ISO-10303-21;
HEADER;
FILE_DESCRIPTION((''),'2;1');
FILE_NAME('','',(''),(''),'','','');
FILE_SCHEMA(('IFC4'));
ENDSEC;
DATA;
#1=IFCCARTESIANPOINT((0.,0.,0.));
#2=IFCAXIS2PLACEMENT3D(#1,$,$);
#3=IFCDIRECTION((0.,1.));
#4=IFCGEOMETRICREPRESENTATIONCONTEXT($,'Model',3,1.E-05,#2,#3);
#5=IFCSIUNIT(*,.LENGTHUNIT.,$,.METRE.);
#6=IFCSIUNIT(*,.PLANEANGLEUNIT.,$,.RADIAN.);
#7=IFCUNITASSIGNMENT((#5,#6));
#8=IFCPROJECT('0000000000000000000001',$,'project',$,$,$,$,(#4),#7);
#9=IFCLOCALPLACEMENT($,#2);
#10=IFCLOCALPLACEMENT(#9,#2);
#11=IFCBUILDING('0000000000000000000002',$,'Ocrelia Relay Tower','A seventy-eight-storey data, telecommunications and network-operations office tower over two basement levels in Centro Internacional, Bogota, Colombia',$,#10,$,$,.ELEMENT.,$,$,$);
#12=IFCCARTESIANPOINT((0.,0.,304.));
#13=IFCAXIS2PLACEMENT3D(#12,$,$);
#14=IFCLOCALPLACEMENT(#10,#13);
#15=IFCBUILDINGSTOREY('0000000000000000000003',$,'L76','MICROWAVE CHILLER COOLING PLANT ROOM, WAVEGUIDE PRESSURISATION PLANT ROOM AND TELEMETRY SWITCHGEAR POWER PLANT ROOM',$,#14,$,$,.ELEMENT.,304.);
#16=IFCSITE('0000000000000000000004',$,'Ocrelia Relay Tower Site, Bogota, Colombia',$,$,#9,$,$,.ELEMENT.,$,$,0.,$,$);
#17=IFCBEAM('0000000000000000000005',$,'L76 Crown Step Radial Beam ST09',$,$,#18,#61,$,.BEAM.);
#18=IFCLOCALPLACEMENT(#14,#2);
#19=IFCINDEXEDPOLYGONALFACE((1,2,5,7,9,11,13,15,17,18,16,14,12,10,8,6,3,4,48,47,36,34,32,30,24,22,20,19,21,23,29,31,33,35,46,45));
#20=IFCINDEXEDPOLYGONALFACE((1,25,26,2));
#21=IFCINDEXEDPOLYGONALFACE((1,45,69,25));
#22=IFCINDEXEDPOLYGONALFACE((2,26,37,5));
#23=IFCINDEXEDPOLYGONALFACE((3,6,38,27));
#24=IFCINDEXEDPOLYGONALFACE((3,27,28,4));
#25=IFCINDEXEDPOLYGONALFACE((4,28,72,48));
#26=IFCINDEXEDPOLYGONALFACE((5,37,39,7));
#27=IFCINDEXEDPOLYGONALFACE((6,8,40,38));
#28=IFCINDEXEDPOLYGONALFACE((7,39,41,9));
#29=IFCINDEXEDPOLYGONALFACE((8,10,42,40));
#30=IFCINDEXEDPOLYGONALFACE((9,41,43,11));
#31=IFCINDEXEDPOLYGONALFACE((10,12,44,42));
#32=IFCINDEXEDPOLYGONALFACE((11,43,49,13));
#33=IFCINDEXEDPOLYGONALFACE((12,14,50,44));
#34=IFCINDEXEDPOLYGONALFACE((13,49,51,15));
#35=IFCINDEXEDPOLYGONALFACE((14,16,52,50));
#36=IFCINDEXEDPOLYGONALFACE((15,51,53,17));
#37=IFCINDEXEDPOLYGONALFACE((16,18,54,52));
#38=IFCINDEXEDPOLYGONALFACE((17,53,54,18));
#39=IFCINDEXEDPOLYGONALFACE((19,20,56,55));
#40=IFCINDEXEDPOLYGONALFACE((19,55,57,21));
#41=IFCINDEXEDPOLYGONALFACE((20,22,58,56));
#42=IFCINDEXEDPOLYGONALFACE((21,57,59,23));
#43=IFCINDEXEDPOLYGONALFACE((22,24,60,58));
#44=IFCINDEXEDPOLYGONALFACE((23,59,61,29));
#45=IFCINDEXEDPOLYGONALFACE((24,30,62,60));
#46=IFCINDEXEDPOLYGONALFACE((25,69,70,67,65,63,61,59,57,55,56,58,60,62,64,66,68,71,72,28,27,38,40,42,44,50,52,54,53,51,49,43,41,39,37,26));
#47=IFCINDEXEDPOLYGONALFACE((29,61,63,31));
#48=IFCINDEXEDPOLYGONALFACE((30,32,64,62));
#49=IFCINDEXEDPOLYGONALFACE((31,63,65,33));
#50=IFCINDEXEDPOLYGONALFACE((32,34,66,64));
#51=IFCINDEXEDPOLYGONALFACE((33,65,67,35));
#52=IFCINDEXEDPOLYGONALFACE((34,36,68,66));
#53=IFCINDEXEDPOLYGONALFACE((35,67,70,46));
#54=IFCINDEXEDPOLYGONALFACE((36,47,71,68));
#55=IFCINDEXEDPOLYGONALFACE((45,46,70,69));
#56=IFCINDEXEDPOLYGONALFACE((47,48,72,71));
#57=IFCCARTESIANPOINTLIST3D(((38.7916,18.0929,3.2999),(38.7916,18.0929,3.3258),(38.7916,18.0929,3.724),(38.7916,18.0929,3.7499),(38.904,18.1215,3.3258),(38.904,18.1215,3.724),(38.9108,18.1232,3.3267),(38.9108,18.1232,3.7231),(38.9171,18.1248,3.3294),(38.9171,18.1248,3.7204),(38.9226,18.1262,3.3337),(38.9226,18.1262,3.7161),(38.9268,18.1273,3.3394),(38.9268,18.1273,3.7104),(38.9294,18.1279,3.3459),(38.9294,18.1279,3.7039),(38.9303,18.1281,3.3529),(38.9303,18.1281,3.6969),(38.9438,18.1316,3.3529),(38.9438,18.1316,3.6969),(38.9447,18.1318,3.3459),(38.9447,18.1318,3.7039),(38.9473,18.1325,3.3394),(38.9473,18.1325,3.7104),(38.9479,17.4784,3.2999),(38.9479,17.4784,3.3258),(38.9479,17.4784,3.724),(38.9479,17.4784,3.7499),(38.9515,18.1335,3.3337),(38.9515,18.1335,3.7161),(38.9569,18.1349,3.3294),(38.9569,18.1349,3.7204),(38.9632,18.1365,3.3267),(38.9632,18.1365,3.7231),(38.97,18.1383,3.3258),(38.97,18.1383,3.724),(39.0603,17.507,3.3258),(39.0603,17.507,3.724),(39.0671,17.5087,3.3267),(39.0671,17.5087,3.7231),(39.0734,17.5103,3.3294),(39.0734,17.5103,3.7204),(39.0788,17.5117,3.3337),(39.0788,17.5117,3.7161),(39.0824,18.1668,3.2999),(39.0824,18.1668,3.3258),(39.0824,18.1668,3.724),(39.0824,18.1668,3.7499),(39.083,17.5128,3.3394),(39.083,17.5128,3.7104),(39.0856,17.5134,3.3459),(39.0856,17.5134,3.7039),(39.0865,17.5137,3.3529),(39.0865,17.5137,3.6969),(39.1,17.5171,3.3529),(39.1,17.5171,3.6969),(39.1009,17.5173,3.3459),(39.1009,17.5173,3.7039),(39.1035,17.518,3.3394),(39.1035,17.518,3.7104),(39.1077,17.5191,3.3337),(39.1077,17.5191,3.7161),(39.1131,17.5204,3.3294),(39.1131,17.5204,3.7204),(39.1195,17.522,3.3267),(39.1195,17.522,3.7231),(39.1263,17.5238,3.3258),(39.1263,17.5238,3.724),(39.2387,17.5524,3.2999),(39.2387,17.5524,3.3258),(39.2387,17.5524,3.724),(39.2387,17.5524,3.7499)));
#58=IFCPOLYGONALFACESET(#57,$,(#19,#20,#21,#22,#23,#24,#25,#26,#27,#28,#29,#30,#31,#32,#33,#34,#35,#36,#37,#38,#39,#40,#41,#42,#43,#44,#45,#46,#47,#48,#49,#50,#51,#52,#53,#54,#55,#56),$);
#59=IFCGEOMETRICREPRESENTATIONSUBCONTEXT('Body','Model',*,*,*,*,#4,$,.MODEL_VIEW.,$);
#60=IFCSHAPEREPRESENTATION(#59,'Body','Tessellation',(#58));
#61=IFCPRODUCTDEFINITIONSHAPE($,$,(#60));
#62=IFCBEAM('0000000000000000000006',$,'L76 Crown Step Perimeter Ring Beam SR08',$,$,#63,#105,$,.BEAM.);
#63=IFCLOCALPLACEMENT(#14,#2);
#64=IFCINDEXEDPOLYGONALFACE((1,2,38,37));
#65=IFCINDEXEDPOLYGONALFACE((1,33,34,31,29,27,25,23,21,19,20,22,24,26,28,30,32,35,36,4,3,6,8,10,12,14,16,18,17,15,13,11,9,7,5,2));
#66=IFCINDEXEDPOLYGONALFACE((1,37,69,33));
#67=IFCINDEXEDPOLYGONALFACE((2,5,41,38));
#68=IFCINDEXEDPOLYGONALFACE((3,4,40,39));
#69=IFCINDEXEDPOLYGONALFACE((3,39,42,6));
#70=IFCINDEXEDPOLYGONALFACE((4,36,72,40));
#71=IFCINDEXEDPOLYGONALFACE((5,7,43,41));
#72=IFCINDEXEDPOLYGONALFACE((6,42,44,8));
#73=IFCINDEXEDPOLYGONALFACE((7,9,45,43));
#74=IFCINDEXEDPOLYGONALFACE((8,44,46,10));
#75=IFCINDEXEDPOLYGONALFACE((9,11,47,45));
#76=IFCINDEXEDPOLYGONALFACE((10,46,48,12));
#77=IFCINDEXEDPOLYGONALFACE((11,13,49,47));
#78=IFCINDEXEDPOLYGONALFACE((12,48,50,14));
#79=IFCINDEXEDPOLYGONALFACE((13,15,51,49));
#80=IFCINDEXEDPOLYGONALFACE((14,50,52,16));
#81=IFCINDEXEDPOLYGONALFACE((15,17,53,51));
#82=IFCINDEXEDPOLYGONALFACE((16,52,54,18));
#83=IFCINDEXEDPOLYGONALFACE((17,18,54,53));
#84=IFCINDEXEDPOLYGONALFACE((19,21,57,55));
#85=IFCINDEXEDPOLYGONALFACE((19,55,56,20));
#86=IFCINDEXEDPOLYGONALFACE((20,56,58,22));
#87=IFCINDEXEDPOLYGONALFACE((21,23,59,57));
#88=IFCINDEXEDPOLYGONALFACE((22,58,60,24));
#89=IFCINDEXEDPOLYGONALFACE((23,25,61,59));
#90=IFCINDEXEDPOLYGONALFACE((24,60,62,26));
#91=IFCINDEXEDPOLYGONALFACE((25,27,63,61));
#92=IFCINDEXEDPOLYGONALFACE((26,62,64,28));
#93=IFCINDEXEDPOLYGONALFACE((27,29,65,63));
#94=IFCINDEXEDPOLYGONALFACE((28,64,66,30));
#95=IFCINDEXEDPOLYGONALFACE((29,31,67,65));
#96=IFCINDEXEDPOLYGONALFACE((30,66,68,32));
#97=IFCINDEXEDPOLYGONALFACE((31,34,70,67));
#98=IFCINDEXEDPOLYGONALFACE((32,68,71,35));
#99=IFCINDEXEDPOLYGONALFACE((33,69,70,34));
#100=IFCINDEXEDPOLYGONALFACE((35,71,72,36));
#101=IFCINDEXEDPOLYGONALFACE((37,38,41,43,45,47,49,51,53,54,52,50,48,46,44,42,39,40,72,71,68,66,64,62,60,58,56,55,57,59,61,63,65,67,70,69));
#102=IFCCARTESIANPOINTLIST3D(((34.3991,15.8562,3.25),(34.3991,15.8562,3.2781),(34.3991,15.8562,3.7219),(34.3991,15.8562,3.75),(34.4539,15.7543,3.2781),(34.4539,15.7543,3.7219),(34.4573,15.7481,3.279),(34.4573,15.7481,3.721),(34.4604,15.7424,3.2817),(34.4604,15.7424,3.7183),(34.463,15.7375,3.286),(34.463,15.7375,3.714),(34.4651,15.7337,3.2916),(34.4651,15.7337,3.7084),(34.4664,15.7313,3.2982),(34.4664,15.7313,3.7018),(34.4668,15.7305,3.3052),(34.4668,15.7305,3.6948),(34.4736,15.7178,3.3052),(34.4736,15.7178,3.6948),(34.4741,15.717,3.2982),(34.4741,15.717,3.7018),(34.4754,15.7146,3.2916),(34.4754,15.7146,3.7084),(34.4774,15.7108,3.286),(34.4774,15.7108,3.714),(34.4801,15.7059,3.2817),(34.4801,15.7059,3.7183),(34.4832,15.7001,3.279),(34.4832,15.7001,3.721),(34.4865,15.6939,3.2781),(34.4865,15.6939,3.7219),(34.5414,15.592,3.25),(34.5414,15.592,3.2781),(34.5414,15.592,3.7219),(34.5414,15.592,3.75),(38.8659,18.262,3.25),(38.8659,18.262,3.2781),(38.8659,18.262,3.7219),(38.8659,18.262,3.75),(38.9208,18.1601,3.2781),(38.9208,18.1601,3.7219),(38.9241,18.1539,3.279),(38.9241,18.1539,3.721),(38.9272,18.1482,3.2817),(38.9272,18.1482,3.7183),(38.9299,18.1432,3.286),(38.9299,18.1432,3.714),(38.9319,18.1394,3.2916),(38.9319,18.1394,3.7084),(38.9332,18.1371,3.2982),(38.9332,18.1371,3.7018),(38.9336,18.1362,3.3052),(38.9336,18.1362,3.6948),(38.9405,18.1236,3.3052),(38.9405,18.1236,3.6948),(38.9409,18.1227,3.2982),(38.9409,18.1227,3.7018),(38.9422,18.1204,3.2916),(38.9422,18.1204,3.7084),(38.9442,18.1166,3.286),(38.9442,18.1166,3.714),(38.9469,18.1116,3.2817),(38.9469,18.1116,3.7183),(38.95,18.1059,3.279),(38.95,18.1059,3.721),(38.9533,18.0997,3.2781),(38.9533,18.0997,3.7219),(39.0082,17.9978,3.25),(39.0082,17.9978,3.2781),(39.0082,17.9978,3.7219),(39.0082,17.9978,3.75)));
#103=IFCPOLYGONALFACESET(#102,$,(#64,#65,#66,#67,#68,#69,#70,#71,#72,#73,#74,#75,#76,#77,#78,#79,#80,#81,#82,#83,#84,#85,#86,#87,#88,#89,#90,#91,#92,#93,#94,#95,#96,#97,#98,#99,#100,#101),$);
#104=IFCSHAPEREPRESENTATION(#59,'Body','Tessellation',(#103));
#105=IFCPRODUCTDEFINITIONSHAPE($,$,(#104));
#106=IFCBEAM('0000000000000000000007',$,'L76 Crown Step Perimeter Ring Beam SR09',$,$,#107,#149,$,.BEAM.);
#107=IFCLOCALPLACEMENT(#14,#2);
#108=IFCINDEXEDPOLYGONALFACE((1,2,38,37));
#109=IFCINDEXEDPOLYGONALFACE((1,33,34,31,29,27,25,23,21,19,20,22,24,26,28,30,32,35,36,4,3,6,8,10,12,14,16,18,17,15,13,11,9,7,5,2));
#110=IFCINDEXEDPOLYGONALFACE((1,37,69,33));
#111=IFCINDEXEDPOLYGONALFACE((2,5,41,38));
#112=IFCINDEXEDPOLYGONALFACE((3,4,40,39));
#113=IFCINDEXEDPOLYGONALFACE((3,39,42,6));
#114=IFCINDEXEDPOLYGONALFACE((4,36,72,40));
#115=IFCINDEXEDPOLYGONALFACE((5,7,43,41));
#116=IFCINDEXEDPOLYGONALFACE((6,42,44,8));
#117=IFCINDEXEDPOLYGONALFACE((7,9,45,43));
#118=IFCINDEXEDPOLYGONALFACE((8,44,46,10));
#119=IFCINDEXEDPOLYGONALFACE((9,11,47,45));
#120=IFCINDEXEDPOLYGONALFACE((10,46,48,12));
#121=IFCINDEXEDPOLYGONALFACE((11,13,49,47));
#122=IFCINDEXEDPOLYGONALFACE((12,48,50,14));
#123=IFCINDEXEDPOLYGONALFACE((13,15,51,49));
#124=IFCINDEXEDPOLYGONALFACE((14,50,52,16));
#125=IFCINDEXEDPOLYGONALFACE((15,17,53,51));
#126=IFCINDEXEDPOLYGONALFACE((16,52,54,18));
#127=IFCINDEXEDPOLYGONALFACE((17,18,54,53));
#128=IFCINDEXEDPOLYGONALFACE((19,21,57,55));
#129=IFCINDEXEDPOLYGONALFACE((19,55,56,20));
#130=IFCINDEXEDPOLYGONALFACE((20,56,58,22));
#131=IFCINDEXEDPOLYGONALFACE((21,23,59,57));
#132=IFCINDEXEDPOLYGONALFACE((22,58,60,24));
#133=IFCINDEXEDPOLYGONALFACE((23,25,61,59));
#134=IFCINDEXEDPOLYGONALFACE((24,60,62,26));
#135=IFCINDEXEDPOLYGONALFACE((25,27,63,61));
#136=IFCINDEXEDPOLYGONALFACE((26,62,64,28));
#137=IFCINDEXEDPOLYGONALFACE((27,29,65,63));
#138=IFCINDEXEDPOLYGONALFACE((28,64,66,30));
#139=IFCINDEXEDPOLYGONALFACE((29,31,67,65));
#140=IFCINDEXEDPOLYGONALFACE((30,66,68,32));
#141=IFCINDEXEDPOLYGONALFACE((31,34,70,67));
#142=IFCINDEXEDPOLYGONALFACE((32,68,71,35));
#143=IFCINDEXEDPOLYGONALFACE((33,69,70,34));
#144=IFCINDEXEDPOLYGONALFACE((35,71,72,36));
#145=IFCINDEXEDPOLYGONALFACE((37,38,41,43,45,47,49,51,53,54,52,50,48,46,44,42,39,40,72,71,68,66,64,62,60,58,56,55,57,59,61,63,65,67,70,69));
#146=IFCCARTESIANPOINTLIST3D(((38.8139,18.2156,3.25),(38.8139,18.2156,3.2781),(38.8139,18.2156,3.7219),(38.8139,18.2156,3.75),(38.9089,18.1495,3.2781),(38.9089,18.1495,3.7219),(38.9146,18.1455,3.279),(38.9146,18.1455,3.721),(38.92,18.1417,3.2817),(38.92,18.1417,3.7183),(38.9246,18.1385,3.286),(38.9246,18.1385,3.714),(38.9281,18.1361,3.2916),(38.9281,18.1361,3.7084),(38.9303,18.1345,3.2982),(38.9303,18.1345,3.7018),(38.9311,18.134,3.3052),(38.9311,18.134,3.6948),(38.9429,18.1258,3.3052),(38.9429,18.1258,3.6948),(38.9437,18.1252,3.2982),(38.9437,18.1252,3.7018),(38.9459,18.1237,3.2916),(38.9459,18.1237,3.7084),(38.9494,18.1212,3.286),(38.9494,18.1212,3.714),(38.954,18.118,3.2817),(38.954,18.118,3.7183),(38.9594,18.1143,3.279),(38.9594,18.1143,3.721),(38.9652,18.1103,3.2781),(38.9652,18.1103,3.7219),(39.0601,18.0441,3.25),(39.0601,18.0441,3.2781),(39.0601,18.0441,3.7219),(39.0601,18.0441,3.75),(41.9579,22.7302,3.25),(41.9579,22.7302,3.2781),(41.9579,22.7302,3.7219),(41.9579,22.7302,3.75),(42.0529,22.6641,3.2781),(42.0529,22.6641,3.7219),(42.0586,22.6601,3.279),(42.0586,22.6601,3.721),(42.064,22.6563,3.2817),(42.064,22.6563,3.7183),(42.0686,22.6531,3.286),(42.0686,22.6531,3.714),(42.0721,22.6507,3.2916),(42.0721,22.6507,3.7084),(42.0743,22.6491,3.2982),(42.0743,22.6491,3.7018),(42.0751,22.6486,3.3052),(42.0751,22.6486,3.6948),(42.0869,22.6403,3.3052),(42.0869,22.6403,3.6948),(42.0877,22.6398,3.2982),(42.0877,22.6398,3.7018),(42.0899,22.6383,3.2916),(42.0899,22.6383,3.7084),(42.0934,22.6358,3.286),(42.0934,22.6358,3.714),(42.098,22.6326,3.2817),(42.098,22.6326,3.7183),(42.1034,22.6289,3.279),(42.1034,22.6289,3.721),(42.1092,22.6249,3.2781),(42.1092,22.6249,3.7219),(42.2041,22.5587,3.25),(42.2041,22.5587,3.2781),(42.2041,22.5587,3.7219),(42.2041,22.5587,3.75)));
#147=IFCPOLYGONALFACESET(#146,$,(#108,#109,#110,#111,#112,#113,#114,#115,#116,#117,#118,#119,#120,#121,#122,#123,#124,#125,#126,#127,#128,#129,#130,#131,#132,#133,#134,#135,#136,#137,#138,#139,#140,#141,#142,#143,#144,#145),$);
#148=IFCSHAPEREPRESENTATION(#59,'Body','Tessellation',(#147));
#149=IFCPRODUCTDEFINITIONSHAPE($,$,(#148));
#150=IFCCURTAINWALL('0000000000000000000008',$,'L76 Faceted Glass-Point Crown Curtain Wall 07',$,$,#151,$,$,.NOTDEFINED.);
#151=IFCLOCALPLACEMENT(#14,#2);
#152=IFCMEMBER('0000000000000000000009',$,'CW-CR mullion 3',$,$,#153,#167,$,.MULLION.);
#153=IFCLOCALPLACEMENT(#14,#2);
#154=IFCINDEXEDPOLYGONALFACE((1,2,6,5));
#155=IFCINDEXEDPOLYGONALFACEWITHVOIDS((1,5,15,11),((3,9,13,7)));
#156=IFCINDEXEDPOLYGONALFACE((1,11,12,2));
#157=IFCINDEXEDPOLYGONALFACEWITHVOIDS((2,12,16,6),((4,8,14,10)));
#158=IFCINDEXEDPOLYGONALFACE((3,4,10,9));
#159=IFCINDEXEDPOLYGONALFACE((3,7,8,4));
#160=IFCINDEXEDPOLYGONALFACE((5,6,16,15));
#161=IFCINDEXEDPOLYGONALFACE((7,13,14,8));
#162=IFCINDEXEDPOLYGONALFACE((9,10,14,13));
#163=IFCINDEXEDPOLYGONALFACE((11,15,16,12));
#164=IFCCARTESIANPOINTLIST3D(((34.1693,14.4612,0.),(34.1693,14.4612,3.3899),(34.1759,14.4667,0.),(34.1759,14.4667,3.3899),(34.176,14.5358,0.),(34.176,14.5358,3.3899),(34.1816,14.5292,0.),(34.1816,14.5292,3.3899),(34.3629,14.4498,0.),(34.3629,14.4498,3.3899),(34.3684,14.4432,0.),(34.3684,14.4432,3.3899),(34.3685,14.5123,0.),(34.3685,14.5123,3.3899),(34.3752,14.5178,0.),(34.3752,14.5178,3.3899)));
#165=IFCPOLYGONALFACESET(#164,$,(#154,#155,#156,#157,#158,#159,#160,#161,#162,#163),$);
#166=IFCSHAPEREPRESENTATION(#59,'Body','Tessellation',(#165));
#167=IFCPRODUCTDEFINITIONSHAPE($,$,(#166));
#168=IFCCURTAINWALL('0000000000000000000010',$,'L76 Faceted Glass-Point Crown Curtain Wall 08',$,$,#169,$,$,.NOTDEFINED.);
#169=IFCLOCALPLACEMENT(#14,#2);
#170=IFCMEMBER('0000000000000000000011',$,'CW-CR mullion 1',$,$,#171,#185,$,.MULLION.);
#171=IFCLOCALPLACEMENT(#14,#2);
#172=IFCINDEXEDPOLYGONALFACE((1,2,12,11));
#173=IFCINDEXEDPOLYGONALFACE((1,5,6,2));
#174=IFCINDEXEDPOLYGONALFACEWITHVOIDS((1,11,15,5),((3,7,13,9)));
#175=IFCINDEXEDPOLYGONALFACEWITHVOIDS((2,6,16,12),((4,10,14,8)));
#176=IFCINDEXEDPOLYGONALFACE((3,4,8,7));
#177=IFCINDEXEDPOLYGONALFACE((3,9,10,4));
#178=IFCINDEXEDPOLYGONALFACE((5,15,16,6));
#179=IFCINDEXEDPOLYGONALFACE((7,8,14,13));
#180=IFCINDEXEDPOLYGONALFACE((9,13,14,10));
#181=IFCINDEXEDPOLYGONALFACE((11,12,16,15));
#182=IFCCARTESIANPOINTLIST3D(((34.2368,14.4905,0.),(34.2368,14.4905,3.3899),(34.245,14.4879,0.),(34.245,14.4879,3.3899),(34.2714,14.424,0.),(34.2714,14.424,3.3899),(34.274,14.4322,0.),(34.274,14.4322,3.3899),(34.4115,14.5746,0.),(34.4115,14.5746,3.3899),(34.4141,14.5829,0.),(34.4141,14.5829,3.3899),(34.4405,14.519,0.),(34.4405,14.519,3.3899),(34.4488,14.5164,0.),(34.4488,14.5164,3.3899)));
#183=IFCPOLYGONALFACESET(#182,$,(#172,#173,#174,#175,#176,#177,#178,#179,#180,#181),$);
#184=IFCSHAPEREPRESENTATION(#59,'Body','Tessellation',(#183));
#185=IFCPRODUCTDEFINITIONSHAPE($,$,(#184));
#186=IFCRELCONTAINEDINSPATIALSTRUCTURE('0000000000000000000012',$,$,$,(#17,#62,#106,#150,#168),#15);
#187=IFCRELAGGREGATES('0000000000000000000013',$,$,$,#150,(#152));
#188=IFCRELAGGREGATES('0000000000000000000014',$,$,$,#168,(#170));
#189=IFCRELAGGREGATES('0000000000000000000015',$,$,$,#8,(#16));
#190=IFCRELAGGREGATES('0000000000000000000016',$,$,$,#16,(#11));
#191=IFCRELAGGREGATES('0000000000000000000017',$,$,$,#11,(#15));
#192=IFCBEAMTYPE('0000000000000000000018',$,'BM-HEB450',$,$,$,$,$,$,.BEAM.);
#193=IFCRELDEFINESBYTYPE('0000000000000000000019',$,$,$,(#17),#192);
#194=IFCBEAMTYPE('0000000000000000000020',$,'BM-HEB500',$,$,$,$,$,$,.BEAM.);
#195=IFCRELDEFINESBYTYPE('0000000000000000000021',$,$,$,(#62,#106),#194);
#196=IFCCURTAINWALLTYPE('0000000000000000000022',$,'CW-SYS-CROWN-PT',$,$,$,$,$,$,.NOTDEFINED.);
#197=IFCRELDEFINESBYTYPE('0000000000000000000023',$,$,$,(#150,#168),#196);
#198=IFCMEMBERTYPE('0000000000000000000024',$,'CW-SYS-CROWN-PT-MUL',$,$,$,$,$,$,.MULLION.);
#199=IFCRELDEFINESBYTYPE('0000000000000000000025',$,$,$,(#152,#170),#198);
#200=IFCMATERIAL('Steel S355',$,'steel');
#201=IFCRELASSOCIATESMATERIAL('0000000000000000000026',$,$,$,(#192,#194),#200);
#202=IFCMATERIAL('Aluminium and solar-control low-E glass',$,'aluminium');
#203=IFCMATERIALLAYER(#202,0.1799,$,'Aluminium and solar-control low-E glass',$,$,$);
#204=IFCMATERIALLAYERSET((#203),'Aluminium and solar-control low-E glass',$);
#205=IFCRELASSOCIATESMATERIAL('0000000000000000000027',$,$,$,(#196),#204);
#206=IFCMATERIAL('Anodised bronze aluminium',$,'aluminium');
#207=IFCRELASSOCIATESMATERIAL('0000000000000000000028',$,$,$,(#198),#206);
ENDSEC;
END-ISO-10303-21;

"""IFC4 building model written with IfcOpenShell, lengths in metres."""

from ifc_helpers import new_model, si_unit, direction, frame, origin, origin_2d, place, context, subcontext, project, spatial, hollow_rectangle, i_section, extrude, material, layer, layer_set, material_profile, profile_set, type_object, element, aggregate, save


model = new_model("IFC4")

# Units and contexts
model_context = context("Model", 3, precision=1e-05, world=origin(), true_north=direction((0.0, 1.0)))
body_context = subcontext(model_context, "Body", "Model", "MODEL_VIEW")
ifc_project = project(units=[si_unit("LENGTHUNIT", "METRE"), si_unit("PLANEANGLEUNIT", "RADIAN")], contexts=[model_context])

# Site, building, storey
site_placement = place(None, origin())
site = spatial("IfcSite", under=ifc_project, at=site_placement, Name="Ocrelia Relay Tower Site, Bogota, Colombia", CompositionType="ELEMENT", RefElevation=0.0)
building_placement = place(site_placement, origin())
building = spatial("IfcBuilding", under=site, at=building_placement, Name="Ocrelia Relay Tower", Description="A seventy-eight-storey data, telecommunications and network-operations office tower over two basement levels in Centro Internacional, Bogota, Colombia", CompositionType="ELEMENT")
storey_placement = place(building_placement, frame((0.0, 0.0, 304.0)))
storey = spatial("IfcBuildingStorey", under=building, at=storey_placement, Name="L76", Description="MICROWAVE CHILLER COOLING PLANT ROOM, WAVEGUIDE PRESSURISATION PLANT ROOM AND TELEMETRY SWITCHGEAR POWER PLANT ROOM", CompositionType="ELEMENT", Elevation=304.0)

# Beams
ifc_material_1 = material(Name="Steel S355", Category="steel")
ifc_material_profile_1 = material_profile(ifc_material_1, i_section(OverallWidth=0.3, OverallDepth=0.45, WebThickness=0.0139, FlangeThickness=0.0259, FilletRadius=0.0271, at=origin_2d()), Name="HEB 450")
ifc_profile_set_1 = profile_set([ifc_material_profile_1], Name="Steel S355")
beam_type_1 = type_object("IfcBeamType", Name="BM-HEB450", PredefinedType="BEAM", material=ifc_profile_set_1)
beam_1_placement = place(storey_placement, frame((39.0933, 17.5154, 3.5249), z_axis=(-0.246429, 0.969161, 0.0), x_axis=(-0.969161, -0.246429, 0.0)))
element("IfcBeam", 1, at=beam_1_placement, inside=storey, type_object=beam_type_1, Name="L76 Crown Step Radial Beam ST09", PredefinedType="BEAM", context=body_context, shape_type="SweptSolid", body=[
    extrude(i_section(OverallWidth=0.3, OverallDepth=0.45, WebThickness=0.0139, FlangeThickness=0.0259, FilletRadius=0.0271, at=origin_2d()), origin(), (0.0, 0.0, 1.0), 0.634),
])
ifc_material_profile_2 = material_profile(ifc_material_1, i_section(OverallWidth=0.3, OverallDepth=0.5, WebThickness=0.0144, FlangeThickness=0.0281, FilletRadius=0.0271, at=origin_2d()), Name="HEB 500")
ifc_profile_set_2 = profile_set([ifc_material_profile_2], Name="Steel S355")
beam_type_2 = type_object("IfcBeamType", Name="BM-HEB500", PredefinedType="BEAM", material=ifc_profile_set_2)
beam_2_placement = place(storey_placement, frame((34.4702, 15.7241, 3.5), z_axis=(0.880425, 0.474186, 0.0), x_axis=(-0.474186, 0.880425, 0.0)))
element("IfcBeam", 2, at=beam_2_placement, inside=storey, type_object=beam_type_2, Name="L76 Crown Step Perimeter Ring Beam SR08", PredefinedType="BEAM", context=body_context, shape_type="SweptSolid", body=[
    extrude(i_section(OverallWidth=0.3, OverallDepth=0.5, WebThickness=0.0144, FlangeThickness=0.0281, FilletRadius=0.0271, at=origin_2d()), origin(), (0.0, 0.0, 1.0), 5.0735),
])
beam_3_placement = place(storey_placement, frame((38.937, 18.1299, 3.5), z_axis=(0.571483, 0.820614, 0.0), x_axis=(-0.820614, 0.571483, 0.0)))
element("IfcBeam", 3, at=beam_3_placement, inside=storey, type_object=beam_type_2, Name="L76 Crown Step Perimeter Ring Beam SR09", PredefinedType="BEAM", context=body_context, shape_type="SweptSolid", body=[
    extrude(i_section(OverallWidth=0.3, OverallDepth=0.5, WebThickness=0.0144, FlangeThickness=0.0281, FilletRadius=0.0271, at=origin_2d()), origin(), (0.0, 0.0, 1.0), 5.5015),
])

# Curtain wall, member
ifc_material_2 = material(Name="Aluminium and solar-control low-E glass", Category="aluminium")
ifc_layer_1 = layer(ifc_material_2, 0.1799, Name="Aluminium and solar-control low-E glass")
ifc_layer_set_1 = layer_set([ifc_layer_1], Name="Aluminium and solar-control low-E glass")
curtain_wall_type = type_object("IfcCurtainWallType", Name="CW-SYS-CROWN-PT", PredefinedType="NOTDEFINED", material=ifc_layer_set_1)
curtain_wall_1_placement = place(storey_placement, origin())
curtain_wall_1 = element("IfcCurtainWall", 4, at=curtain_wall_1_placement, inside=storey, type_object=curtain_wall_type, Name="L76 Faceted Glass-Point Crown Curtain Wall 07", PredefinedType="NOTDEFINED")
ifc_material_3 = material(Name="Anodised bronze aluminium", Category="aluminium")
ifc_material_profile_3 = material_profile(ifc_material_3, hollow_rectangle(XDim=0.075, YDim=0.2, WallThickness=0.0061, at=origin_2d()), Name="CW-MUL-200x75")
ifc_profile_set_3 = profile_set([ifc_material_profile_3], Name="Anodised bronze aluminium")
member_type_1 = type_object("IfcMemberType", Name="CW-SYS-CROWN-PT-MUL", PredefinedType="MULLION", material=ifc_profile_set_3)
member_1_placement = place(storey_placement, frame((34.2722, 14.4895, 0.0), z_axis=(0.0, 0.0, 1.0), x_axis=(0.090237, 0.99592, 0.0)))
member_1 = element("IfcMember", 5, at=member_1_placement, type_object=member_type_1, Name="CW-CR mullion 3", PredefinedType="MULLION", context=body_context, shape_type="SweptSolid", body=[
    extrude(hollow_rectangle(XDim=0.075, YDim=0.2, WallThickness=0.0061, at=origin_2d()), origin(), (0.0, 0.0, 1.0), 3.3899),
])
aggregate(curtain_wall_1, [member_1])

# Curtain wall, member
curtain_wall_2_placement = place(storey_placement, origin())
curtain_wall_2 = element("IfcCurtainWall", 6, at=curtain_wall_2_placement, inside=storey, type_object=curtain_wall_type, Name="L76 Faceted Glass-Point Crown Curtain Wall 08", PredefinedType="NOTDEFINED")
member_2_placement = place(storey_placement, frame((34.3428, 14.5034, 0.0), z_axis=(0.0, 0.0, 1.0), x_axis=(-0.462105, 0.886825, 0.0)))
member_2 = element("IfcMember", 7, at=member_2_placement, type_object=member_type_1, Name="CW-CR mullion 1", PredefinedType="MULLION", context=body_context, shape_type="SweptSolid", body=[
    extrude(hollow_rectangle(XDim=0.075, YDim=0.2, WallThickness=0.0061, at=origin_2d()), origin(), (0.0, 0.0, 1.0), 3.3899),
])

aggregate(curtain_wall_2, [member_2])

save(model, "model.ifc")
